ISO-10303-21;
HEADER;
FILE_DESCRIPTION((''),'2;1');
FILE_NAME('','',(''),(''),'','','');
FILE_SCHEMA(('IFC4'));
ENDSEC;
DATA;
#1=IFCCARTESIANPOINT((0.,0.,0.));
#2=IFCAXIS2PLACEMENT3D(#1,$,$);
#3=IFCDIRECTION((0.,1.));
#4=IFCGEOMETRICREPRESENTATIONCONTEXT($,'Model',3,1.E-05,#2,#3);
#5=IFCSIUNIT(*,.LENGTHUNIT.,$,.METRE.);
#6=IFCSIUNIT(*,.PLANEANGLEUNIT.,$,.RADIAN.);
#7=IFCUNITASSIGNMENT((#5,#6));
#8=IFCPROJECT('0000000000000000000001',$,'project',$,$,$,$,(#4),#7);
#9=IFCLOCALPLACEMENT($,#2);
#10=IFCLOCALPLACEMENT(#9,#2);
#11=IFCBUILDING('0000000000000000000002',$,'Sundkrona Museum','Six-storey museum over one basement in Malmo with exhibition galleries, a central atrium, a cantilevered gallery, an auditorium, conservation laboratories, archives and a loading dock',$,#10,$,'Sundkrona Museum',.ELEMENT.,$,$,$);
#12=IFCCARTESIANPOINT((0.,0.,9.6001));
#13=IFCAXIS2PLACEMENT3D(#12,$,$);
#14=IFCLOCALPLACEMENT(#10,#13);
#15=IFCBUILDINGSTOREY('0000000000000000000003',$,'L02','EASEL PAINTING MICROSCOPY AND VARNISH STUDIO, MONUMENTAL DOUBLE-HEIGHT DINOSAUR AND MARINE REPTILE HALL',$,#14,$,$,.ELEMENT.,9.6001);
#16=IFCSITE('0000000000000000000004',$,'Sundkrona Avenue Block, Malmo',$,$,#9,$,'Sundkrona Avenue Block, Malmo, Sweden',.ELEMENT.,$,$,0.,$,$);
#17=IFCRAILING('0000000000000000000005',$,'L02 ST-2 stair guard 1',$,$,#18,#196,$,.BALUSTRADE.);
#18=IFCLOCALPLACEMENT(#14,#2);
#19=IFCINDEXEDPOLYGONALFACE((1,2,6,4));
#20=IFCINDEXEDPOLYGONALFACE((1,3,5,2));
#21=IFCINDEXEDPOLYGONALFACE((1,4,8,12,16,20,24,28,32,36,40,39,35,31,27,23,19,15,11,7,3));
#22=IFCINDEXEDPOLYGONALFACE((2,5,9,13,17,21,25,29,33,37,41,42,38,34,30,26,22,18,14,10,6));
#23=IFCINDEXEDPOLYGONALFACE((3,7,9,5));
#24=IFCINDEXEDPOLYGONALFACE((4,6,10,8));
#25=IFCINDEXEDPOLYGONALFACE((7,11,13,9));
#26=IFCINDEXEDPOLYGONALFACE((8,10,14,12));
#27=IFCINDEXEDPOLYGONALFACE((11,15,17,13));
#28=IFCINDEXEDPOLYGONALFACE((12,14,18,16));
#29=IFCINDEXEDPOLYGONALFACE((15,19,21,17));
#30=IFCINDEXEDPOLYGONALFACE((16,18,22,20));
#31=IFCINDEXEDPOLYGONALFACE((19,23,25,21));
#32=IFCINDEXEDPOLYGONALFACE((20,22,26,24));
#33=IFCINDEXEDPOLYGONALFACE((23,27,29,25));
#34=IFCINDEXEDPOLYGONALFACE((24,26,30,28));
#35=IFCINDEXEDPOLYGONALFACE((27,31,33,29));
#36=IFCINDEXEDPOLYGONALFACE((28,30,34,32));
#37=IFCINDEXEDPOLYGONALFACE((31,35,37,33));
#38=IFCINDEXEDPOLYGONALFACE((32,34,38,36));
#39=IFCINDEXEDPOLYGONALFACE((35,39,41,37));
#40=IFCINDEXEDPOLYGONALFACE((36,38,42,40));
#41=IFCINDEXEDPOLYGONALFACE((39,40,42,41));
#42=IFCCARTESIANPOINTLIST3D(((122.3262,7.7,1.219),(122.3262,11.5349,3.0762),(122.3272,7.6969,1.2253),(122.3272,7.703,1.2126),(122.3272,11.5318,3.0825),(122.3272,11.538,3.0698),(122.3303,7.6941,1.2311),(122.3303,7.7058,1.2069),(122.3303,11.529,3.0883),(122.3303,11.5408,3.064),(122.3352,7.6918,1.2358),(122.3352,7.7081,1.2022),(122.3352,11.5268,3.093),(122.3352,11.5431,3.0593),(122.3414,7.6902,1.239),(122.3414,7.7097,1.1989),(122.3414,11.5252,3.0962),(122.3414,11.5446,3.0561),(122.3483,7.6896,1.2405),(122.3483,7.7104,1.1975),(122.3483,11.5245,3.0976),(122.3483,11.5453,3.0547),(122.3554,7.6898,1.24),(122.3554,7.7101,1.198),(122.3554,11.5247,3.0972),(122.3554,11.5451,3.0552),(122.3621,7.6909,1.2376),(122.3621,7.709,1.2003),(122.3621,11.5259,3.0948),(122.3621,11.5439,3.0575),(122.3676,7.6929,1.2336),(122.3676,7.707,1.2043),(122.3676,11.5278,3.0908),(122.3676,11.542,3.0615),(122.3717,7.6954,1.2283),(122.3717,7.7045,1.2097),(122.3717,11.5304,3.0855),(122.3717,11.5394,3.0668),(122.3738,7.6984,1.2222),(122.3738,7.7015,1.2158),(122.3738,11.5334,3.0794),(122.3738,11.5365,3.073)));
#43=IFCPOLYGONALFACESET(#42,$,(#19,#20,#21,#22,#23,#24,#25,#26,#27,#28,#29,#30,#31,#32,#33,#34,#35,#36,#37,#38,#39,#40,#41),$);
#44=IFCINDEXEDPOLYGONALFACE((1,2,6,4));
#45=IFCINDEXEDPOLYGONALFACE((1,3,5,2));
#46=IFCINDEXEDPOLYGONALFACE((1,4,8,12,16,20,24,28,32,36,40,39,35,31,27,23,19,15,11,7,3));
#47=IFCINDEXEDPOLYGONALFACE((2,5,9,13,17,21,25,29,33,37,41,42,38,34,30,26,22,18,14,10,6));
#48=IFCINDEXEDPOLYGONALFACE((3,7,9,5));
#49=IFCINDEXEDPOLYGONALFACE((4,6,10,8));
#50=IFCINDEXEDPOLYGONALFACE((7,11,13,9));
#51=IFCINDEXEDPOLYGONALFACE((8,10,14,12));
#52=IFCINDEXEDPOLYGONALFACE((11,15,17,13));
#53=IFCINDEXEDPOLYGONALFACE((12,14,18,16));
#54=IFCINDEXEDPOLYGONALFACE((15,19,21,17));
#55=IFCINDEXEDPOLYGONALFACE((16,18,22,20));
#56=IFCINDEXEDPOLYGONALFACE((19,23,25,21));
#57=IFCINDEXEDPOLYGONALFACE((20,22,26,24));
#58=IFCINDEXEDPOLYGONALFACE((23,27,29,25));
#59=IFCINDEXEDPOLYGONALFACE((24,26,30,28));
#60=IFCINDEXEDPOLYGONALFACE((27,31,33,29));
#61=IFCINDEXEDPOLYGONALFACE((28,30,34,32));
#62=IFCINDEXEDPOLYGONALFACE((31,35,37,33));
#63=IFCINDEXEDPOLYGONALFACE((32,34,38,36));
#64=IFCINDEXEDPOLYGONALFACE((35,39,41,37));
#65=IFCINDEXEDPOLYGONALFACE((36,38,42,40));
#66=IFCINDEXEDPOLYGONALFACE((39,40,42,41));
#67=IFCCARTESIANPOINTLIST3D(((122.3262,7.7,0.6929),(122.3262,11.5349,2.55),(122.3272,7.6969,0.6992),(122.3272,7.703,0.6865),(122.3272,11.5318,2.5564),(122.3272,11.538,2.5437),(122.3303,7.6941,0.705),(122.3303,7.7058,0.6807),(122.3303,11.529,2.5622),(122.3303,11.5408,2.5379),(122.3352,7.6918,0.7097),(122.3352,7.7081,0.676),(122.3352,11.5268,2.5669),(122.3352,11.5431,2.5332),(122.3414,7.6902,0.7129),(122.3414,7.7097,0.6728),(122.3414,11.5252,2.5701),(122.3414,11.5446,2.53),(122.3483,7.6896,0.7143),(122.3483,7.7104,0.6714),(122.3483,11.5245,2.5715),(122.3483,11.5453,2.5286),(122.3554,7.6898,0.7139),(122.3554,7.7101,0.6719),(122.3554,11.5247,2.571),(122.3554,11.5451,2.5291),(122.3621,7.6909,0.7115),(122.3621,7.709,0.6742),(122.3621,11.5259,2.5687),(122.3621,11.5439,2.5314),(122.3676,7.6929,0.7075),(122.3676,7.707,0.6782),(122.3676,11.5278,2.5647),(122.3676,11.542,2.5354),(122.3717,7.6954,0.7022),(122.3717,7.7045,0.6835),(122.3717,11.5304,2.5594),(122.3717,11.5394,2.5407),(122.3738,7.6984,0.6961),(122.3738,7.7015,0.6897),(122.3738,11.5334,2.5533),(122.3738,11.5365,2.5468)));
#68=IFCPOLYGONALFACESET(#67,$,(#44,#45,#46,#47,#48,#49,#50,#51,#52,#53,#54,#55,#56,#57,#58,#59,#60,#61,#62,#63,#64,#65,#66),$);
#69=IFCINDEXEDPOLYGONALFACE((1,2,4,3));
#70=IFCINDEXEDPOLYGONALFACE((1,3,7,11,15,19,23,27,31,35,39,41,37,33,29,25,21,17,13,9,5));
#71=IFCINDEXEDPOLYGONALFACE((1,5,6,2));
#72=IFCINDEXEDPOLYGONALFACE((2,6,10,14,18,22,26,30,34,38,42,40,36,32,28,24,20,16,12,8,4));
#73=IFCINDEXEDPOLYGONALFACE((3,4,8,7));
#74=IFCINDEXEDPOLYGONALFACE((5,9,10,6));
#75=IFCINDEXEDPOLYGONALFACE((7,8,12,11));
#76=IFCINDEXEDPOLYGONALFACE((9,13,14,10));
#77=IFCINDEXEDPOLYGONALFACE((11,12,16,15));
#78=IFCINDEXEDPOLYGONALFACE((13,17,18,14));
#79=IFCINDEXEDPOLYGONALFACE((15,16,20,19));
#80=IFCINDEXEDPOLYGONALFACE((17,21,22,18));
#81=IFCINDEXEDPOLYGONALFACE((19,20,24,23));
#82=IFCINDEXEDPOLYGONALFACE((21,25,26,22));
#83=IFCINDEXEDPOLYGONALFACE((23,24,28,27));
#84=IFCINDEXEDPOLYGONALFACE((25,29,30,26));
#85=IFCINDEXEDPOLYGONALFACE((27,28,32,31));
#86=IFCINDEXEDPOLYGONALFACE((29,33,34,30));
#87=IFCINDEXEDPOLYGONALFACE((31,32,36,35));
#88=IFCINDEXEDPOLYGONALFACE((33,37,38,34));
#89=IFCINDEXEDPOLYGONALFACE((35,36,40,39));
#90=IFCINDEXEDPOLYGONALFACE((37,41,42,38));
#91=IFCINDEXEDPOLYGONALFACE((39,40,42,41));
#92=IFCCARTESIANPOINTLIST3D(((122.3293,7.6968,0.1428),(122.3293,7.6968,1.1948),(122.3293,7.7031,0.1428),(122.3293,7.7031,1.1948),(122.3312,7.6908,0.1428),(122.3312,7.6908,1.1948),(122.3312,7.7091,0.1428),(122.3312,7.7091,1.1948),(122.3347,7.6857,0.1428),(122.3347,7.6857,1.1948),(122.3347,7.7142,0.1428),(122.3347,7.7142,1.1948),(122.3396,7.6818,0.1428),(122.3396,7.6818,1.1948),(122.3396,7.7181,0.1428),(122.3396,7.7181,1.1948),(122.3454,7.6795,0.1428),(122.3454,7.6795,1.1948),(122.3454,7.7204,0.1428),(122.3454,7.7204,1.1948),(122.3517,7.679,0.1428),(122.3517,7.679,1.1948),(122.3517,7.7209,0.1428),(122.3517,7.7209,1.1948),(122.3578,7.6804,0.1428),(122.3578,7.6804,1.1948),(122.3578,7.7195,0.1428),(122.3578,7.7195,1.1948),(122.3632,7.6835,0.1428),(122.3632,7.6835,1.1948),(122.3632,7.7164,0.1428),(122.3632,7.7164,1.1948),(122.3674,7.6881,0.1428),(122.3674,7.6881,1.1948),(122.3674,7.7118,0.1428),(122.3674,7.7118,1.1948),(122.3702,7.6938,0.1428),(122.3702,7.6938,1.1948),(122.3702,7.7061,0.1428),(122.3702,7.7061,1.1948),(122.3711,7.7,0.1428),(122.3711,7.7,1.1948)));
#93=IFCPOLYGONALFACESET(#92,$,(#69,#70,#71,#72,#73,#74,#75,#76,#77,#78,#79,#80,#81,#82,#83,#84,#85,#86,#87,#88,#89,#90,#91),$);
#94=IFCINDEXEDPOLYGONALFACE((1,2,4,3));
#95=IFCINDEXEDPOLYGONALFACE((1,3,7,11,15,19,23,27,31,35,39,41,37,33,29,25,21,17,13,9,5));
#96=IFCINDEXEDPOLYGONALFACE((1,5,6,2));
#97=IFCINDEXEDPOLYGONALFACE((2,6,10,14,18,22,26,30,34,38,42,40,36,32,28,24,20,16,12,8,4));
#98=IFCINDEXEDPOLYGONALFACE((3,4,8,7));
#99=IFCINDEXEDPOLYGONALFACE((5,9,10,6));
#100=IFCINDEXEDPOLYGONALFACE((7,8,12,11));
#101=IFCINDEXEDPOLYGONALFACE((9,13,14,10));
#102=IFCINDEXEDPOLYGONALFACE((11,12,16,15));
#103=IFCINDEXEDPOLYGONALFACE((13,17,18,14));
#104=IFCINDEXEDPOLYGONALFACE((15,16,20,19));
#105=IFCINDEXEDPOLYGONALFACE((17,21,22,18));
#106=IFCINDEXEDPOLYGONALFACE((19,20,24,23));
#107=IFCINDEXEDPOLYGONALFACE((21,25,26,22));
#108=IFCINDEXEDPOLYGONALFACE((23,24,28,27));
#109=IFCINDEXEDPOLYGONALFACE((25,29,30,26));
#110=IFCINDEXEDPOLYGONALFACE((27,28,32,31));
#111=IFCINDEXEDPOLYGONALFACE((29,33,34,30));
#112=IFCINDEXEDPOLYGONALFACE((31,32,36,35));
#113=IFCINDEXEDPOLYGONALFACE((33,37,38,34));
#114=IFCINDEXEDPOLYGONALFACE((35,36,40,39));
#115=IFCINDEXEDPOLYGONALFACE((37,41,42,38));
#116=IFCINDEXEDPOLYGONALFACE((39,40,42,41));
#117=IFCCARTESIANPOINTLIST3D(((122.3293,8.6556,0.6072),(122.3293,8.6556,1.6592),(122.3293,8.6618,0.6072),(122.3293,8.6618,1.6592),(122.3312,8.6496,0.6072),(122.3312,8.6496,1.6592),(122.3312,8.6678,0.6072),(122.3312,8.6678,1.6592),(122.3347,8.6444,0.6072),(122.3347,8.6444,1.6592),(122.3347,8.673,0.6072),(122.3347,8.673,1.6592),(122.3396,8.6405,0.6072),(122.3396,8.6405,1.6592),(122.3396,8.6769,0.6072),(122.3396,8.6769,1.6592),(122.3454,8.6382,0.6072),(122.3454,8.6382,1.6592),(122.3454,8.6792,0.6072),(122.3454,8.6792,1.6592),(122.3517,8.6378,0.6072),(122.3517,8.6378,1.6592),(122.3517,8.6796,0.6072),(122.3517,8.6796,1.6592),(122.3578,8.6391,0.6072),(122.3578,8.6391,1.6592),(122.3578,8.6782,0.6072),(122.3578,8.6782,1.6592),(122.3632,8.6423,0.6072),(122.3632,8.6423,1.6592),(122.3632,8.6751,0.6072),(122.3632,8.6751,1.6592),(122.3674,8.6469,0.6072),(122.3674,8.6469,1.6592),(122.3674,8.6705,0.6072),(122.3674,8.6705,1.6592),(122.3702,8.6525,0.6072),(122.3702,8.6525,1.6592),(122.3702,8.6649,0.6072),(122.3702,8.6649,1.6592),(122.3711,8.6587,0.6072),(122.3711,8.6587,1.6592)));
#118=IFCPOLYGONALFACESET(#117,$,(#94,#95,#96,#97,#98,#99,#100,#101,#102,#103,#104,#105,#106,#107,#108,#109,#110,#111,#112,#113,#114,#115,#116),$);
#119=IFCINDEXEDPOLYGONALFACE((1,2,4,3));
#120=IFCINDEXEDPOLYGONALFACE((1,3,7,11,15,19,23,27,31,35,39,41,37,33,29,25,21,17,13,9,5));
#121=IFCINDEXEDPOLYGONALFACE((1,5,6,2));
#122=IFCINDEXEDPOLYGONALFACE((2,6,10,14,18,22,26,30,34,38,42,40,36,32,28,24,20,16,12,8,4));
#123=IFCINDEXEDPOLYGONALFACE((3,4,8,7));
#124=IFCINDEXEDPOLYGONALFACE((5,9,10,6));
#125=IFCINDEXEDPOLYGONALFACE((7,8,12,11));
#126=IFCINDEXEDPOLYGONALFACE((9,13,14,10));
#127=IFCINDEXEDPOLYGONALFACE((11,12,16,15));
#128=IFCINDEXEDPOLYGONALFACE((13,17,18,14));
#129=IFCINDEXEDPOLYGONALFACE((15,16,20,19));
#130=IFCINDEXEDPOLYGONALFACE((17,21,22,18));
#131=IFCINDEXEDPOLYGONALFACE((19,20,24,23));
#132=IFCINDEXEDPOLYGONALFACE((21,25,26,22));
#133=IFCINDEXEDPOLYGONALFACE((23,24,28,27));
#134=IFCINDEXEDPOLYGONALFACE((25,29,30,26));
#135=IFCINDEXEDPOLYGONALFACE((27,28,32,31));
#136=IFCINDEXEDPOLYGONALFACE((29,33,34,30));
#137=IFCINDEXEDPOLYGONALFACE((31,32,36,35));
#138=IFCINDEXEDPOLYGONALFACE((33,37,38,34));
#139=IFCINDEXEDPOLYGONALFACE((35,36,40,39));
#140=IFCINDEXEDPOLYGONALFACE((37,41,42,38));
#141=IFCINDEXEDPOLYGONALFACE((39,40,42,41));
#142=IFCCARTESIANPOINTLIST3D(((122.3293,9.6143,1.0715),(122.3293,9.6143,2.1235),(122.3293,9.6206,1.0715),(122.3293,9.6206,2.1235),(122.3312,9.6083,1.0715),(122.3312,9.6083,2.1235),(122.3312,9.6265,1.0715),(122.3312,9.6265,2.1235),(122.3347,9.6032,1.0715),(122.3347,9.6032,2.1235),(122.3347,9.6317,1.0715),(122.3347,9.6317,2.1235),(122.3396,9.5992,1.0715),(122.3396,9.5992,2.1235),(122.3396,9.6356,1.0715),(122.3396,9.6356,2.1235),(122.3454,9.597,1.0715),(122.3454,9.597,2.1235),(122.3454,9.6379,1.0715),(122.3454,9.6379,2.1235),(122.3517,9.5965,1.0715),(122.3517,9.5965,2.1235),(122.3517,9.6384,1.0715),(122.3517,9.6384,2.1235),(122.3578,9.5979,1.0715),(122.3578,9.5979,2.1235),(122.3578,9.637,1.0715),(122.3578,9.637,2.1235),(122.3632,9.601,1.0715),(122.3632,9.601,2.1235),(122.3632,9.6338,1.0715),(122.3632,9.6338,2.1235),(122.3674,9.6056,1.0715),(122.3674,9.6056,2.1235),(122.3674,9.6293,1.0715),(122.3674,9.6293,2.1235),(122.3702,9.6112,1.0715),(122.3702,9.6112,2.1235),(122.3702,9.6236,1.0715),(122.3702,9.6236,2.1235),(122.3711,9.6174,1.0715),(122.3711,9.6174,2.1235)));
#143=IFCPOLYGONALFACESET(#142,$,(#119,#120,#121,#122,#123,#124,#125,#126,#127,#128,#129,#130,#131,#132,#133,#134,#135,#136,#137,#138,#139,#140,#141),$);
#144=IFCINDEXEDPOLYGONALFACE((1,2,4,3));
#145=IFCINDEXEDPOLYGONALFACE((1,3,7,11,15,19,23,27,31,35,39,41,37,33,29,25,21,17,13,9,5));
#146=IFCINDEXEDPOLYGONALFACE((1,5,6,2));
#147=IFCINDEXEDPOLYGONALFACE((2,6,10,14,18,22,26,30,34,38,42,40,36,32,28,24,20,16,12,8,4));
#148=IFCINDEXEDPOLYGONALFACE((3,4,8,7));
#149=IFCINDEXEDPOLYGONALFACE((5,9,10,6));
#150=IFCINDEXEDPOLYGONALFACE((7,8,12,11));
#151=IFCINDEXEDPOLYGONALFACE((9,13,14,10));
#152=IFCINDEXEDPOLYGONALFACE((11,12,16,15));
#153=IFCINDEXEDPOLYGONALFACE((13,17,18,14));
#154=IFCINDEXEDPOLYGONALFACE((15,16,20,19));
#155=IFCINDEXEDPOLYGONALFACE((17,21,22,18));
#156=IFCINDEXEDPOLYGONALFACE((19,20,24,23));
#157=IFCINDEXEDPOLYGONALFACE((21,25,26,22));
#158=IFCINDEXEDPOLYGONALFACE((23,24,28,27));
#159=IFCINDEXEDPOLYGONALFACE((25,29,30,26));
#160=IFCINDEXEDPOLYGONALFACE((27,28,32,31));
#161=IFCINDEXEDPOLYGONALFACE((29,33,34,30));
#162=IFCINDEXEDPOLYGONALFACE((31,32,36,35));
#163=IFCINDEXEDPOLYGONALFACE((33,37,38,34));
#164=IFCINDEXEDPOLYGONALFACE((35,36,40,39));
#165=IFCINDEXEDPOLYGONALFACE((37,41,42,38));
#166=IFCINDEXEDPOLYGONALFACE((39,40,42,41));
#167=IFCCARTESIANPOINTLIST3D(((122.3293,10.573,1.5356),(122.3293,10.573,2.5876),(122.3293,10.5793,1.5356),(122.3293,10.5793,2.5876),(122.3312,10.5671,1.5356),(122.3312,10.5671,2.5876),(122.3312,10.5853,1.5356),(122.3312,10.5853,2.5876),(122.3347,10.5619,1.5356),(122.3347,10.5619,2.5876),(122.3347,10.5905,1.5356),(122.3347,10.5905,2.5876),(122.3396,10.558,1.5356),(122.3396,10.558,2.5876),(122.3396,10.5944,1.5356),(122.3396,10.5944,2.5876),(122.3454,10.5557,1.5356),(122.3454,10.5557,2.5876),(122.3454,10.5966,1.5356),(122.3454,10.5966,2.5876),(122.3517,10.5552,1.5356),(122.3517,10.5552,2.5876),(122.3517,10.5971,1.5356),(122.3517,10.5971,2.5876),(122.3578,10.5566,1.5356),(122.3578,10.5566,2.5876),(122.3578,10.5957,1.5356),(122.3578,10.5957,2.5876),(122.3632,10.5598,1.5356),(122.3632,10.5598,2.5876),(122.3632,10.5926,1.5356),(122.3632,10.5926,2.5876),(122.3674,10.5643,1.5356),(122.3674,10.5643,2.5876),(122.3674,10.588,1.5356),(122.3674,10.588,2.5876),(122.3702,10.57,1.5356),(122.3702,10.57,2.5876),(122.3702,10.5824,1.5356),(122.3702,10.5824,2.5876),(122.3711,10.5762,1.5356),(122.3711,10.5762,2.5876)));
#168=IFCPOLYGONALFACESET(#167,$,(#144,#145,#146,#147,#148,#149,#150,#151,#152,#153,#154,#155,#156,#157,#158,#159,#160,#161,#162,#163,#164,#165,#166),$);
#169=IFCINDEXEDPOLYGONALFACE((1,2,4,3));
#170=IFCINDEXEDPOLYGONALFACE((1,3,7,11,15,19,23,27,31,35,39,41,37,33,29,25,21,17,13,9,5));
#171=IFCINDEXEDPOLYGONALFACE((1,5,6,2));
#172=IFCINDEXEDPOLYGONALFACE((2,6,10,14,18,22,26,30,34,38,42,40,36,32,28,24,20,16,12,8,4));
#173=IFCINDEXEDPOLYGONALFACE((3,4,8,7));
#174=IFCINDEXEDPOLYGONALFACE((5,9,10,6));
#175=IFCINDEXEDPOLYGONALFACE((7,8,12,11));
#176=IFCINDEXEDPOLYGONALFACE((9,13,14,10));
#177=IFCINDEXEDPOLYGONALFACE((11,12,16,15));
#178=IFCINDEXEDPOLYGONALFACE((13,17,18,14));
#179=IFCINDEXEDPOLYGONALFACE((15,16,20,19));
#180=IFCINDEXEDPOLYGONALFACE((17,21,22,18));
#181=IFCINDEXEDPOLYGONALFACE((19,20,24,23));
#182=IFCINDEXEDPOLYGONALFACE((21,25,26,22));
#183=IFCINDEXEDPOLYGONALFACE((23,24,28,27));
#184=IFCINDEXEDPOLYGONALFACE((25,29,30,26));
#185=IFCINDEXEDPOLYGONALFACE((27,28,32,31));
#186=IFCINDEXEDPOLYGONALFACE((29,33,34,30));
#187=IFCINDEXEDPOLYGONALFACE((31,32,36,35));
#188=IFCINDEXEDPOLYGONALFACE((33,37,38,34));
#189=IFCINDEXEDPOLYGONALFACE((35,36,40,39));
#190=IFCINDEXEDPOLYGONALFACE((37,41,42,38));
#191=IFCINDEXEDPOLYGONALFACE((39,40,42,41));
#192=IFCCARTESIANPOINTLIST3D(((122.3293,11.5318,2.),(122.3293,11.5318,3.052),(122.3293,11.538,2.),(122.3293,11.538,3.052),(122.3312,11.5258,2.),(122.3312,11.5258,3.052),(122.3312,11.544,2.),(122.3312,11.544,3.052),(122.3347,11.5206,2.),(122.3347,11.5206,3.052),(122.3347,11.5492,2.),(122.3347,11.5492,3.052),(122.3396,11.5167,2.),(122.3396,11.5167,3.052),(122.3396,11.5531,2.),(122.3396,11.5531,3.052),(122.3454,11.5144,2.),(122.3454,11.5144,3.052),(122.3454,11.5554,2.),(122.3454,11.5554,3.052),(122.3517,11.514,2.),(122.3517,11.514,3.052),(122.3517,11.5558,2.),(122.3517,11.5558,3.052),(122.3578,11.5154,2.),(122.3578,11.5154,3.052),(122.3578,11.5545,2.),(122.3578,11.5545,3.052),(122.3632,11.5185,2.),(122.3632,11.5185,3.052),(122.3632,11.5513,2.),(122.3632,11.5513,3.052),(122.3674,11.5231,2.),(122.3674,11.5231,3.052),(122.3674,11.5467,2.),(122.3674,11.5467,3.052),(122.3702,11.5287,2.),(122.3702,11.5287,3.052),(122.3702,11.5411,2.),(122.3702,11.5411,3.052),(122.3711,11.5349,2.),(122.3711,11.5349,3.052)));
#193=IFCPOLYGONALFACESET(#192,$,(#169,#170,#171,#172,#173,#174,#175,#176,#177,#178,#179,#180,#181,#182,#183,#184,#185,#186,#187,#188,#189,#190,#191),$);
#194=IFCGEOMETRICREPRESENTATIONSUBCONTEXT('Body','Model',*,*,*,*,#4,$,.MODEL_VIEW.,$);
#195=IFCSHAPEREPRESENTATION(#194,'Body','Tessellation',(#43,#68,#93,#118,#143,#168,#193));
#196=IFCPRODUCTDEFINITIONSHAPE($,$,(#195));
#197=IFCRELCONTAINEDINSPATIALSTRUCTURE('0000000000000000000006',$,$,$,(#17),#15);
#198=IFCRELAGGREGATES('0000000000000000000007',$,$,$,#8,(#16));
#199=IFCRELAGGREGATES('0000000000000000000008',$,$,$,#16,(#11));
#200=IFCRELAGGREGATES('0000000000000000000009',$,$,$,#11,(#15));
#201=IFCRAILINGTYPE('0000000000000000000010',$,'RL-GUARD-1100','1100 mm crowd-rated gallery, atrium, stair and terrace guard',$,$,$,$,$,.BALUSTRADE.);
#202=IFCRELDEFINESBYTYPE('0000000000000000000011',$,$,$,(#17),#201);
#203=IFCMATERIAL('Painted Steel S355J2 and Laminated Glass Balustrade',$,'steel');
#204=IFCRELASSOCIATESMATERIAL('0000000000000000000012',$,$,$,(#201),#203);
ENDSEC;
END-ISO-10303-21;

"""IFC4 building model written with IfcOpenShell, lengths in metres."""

from ifc_helpers import new_model, si_unit, direction, frame, origin, origin_2d, place, context, subcontext, project, spatial, circle, extrude, material, type_object, element, save


model = new_model("IFC4")

# Units and contexts
model_context = context("Model", 3, precision=1e-05, world=origin(), true_north=direction((0.0, 1.0)))
body_context = subcontext(model_context, "Body", "Model", "MODEL_VIEW")
ifc_project = project(units=[si_unit("LENGTHUNIT", "METRE"), si_unit("PLANEANGLEUNIT", "RADIAN")], contexts=[model_context])

# Site, building, storey
site_placement = place(None, origin())
site = spatial("IfcSite", under=ifc_project, at=site_placement, Name="Sundkrona Avenue Block, Malmo", LongName="Sundkrona Avenue Block, Malmo, Sweden", CompositionType="ELEMENT", RefElevation=0.0)
building_placement = place(site_placement, origin())
building = spatial("IfcBuilding", under=site, at=building_placement, Name="Sundkrona Museum", Description="Six-storey museum over one basement in Malmo with exhibition galleries, a central atrium, a cantilevered gallery, an auditorium, conservation laboratories, archives and a loading dock", LongName="Sundkrona Museum", CompositionType="ELEMENT")
storey_placement = place(building_placement, frame((0.0, 0.0, 9.6001)))
storey = spatial("IfcBuildingStorey", under=building, at=storey_placement, Name="L02", Description="EASEL PAINTING MICROSCOPY AND VARNISH STUDIO, MONUMENTAL DOUBLE-HEIGHT DINOSAUR AND MARINE REPTILE HALL", CompositionType="ELEMENT", Elevation=9.6001)

# Railing
ifc_material_1 = material(Name="Painted Steel S355J2 and Laminated Glass Balustrade", Category="steel")
railing_type_1 = type_object("IfcRailingType", Name="RL-GUARD-1100", Description="1100 mm crowd-rated gallery, atrium, stair and terrace guard", PredefinedType="BALUSTRADE", material=ifc_material_1)
for number, where, name in (
    (1, (122.3501, 7.7, 0.1428), "L02 ST-2 stair guard 1"),
):
    element("IfcRailing", number, at=place(storey_placement, frame(where)), inside=storey, type_object=railing_type_1, Name=name, PredefinedType="BALUSTRADE", context=body_context, shape_type="SweptSolid", body=[
        extrude(circle(Radius=0.0239, at=origin_2d()), frame((0.0, 0.0, 1.0762), z_axis=(0.0, 0.900016, 0.435856), x_axis=(-1.0, 0.0, 0.0)), (0.0, 0.0, 1.0), 4.261),
        extrude(circle(Radius=0.0239, at=origin_2d()), frame((0.0, 0.0, 0.55), z_axis=(0.0, 0.900016, 0.435856), x_axis=(-1.0, 0.0, 0.0)), (0.0, 0.0, 1.0), 4.261),
        extrude(circle(Radius=0.021, at=origin_2d()), origin(), (0.0, 0.0, 1.0), 1.052),
        extrude(circle(Radius=0.021, at=origin_2d()), frame((0.0, 0.9587, 0.4644)), (0.0, 0.0, 1.0), 1.052),
        extrude(circle(Radius=0.021, at=origin_2d()), frame((0.0, 1.9175, 0.9287)), (0.0, 0.0, 1.0), 1.052),
        extrude(circle(Radius=0.021, at=origin_2d()), frame((0.0, 2.8762, 1.3928)), (0.0, 0.0, 1.0), 1.052),
        extrude(circle(Radius=0.021, at=origin_2d()), frame((0.0, 3.835, 1.8572)), (0.0, 0.0, 1.0), 1.052),
    ])

save(model, "model.ifc")
